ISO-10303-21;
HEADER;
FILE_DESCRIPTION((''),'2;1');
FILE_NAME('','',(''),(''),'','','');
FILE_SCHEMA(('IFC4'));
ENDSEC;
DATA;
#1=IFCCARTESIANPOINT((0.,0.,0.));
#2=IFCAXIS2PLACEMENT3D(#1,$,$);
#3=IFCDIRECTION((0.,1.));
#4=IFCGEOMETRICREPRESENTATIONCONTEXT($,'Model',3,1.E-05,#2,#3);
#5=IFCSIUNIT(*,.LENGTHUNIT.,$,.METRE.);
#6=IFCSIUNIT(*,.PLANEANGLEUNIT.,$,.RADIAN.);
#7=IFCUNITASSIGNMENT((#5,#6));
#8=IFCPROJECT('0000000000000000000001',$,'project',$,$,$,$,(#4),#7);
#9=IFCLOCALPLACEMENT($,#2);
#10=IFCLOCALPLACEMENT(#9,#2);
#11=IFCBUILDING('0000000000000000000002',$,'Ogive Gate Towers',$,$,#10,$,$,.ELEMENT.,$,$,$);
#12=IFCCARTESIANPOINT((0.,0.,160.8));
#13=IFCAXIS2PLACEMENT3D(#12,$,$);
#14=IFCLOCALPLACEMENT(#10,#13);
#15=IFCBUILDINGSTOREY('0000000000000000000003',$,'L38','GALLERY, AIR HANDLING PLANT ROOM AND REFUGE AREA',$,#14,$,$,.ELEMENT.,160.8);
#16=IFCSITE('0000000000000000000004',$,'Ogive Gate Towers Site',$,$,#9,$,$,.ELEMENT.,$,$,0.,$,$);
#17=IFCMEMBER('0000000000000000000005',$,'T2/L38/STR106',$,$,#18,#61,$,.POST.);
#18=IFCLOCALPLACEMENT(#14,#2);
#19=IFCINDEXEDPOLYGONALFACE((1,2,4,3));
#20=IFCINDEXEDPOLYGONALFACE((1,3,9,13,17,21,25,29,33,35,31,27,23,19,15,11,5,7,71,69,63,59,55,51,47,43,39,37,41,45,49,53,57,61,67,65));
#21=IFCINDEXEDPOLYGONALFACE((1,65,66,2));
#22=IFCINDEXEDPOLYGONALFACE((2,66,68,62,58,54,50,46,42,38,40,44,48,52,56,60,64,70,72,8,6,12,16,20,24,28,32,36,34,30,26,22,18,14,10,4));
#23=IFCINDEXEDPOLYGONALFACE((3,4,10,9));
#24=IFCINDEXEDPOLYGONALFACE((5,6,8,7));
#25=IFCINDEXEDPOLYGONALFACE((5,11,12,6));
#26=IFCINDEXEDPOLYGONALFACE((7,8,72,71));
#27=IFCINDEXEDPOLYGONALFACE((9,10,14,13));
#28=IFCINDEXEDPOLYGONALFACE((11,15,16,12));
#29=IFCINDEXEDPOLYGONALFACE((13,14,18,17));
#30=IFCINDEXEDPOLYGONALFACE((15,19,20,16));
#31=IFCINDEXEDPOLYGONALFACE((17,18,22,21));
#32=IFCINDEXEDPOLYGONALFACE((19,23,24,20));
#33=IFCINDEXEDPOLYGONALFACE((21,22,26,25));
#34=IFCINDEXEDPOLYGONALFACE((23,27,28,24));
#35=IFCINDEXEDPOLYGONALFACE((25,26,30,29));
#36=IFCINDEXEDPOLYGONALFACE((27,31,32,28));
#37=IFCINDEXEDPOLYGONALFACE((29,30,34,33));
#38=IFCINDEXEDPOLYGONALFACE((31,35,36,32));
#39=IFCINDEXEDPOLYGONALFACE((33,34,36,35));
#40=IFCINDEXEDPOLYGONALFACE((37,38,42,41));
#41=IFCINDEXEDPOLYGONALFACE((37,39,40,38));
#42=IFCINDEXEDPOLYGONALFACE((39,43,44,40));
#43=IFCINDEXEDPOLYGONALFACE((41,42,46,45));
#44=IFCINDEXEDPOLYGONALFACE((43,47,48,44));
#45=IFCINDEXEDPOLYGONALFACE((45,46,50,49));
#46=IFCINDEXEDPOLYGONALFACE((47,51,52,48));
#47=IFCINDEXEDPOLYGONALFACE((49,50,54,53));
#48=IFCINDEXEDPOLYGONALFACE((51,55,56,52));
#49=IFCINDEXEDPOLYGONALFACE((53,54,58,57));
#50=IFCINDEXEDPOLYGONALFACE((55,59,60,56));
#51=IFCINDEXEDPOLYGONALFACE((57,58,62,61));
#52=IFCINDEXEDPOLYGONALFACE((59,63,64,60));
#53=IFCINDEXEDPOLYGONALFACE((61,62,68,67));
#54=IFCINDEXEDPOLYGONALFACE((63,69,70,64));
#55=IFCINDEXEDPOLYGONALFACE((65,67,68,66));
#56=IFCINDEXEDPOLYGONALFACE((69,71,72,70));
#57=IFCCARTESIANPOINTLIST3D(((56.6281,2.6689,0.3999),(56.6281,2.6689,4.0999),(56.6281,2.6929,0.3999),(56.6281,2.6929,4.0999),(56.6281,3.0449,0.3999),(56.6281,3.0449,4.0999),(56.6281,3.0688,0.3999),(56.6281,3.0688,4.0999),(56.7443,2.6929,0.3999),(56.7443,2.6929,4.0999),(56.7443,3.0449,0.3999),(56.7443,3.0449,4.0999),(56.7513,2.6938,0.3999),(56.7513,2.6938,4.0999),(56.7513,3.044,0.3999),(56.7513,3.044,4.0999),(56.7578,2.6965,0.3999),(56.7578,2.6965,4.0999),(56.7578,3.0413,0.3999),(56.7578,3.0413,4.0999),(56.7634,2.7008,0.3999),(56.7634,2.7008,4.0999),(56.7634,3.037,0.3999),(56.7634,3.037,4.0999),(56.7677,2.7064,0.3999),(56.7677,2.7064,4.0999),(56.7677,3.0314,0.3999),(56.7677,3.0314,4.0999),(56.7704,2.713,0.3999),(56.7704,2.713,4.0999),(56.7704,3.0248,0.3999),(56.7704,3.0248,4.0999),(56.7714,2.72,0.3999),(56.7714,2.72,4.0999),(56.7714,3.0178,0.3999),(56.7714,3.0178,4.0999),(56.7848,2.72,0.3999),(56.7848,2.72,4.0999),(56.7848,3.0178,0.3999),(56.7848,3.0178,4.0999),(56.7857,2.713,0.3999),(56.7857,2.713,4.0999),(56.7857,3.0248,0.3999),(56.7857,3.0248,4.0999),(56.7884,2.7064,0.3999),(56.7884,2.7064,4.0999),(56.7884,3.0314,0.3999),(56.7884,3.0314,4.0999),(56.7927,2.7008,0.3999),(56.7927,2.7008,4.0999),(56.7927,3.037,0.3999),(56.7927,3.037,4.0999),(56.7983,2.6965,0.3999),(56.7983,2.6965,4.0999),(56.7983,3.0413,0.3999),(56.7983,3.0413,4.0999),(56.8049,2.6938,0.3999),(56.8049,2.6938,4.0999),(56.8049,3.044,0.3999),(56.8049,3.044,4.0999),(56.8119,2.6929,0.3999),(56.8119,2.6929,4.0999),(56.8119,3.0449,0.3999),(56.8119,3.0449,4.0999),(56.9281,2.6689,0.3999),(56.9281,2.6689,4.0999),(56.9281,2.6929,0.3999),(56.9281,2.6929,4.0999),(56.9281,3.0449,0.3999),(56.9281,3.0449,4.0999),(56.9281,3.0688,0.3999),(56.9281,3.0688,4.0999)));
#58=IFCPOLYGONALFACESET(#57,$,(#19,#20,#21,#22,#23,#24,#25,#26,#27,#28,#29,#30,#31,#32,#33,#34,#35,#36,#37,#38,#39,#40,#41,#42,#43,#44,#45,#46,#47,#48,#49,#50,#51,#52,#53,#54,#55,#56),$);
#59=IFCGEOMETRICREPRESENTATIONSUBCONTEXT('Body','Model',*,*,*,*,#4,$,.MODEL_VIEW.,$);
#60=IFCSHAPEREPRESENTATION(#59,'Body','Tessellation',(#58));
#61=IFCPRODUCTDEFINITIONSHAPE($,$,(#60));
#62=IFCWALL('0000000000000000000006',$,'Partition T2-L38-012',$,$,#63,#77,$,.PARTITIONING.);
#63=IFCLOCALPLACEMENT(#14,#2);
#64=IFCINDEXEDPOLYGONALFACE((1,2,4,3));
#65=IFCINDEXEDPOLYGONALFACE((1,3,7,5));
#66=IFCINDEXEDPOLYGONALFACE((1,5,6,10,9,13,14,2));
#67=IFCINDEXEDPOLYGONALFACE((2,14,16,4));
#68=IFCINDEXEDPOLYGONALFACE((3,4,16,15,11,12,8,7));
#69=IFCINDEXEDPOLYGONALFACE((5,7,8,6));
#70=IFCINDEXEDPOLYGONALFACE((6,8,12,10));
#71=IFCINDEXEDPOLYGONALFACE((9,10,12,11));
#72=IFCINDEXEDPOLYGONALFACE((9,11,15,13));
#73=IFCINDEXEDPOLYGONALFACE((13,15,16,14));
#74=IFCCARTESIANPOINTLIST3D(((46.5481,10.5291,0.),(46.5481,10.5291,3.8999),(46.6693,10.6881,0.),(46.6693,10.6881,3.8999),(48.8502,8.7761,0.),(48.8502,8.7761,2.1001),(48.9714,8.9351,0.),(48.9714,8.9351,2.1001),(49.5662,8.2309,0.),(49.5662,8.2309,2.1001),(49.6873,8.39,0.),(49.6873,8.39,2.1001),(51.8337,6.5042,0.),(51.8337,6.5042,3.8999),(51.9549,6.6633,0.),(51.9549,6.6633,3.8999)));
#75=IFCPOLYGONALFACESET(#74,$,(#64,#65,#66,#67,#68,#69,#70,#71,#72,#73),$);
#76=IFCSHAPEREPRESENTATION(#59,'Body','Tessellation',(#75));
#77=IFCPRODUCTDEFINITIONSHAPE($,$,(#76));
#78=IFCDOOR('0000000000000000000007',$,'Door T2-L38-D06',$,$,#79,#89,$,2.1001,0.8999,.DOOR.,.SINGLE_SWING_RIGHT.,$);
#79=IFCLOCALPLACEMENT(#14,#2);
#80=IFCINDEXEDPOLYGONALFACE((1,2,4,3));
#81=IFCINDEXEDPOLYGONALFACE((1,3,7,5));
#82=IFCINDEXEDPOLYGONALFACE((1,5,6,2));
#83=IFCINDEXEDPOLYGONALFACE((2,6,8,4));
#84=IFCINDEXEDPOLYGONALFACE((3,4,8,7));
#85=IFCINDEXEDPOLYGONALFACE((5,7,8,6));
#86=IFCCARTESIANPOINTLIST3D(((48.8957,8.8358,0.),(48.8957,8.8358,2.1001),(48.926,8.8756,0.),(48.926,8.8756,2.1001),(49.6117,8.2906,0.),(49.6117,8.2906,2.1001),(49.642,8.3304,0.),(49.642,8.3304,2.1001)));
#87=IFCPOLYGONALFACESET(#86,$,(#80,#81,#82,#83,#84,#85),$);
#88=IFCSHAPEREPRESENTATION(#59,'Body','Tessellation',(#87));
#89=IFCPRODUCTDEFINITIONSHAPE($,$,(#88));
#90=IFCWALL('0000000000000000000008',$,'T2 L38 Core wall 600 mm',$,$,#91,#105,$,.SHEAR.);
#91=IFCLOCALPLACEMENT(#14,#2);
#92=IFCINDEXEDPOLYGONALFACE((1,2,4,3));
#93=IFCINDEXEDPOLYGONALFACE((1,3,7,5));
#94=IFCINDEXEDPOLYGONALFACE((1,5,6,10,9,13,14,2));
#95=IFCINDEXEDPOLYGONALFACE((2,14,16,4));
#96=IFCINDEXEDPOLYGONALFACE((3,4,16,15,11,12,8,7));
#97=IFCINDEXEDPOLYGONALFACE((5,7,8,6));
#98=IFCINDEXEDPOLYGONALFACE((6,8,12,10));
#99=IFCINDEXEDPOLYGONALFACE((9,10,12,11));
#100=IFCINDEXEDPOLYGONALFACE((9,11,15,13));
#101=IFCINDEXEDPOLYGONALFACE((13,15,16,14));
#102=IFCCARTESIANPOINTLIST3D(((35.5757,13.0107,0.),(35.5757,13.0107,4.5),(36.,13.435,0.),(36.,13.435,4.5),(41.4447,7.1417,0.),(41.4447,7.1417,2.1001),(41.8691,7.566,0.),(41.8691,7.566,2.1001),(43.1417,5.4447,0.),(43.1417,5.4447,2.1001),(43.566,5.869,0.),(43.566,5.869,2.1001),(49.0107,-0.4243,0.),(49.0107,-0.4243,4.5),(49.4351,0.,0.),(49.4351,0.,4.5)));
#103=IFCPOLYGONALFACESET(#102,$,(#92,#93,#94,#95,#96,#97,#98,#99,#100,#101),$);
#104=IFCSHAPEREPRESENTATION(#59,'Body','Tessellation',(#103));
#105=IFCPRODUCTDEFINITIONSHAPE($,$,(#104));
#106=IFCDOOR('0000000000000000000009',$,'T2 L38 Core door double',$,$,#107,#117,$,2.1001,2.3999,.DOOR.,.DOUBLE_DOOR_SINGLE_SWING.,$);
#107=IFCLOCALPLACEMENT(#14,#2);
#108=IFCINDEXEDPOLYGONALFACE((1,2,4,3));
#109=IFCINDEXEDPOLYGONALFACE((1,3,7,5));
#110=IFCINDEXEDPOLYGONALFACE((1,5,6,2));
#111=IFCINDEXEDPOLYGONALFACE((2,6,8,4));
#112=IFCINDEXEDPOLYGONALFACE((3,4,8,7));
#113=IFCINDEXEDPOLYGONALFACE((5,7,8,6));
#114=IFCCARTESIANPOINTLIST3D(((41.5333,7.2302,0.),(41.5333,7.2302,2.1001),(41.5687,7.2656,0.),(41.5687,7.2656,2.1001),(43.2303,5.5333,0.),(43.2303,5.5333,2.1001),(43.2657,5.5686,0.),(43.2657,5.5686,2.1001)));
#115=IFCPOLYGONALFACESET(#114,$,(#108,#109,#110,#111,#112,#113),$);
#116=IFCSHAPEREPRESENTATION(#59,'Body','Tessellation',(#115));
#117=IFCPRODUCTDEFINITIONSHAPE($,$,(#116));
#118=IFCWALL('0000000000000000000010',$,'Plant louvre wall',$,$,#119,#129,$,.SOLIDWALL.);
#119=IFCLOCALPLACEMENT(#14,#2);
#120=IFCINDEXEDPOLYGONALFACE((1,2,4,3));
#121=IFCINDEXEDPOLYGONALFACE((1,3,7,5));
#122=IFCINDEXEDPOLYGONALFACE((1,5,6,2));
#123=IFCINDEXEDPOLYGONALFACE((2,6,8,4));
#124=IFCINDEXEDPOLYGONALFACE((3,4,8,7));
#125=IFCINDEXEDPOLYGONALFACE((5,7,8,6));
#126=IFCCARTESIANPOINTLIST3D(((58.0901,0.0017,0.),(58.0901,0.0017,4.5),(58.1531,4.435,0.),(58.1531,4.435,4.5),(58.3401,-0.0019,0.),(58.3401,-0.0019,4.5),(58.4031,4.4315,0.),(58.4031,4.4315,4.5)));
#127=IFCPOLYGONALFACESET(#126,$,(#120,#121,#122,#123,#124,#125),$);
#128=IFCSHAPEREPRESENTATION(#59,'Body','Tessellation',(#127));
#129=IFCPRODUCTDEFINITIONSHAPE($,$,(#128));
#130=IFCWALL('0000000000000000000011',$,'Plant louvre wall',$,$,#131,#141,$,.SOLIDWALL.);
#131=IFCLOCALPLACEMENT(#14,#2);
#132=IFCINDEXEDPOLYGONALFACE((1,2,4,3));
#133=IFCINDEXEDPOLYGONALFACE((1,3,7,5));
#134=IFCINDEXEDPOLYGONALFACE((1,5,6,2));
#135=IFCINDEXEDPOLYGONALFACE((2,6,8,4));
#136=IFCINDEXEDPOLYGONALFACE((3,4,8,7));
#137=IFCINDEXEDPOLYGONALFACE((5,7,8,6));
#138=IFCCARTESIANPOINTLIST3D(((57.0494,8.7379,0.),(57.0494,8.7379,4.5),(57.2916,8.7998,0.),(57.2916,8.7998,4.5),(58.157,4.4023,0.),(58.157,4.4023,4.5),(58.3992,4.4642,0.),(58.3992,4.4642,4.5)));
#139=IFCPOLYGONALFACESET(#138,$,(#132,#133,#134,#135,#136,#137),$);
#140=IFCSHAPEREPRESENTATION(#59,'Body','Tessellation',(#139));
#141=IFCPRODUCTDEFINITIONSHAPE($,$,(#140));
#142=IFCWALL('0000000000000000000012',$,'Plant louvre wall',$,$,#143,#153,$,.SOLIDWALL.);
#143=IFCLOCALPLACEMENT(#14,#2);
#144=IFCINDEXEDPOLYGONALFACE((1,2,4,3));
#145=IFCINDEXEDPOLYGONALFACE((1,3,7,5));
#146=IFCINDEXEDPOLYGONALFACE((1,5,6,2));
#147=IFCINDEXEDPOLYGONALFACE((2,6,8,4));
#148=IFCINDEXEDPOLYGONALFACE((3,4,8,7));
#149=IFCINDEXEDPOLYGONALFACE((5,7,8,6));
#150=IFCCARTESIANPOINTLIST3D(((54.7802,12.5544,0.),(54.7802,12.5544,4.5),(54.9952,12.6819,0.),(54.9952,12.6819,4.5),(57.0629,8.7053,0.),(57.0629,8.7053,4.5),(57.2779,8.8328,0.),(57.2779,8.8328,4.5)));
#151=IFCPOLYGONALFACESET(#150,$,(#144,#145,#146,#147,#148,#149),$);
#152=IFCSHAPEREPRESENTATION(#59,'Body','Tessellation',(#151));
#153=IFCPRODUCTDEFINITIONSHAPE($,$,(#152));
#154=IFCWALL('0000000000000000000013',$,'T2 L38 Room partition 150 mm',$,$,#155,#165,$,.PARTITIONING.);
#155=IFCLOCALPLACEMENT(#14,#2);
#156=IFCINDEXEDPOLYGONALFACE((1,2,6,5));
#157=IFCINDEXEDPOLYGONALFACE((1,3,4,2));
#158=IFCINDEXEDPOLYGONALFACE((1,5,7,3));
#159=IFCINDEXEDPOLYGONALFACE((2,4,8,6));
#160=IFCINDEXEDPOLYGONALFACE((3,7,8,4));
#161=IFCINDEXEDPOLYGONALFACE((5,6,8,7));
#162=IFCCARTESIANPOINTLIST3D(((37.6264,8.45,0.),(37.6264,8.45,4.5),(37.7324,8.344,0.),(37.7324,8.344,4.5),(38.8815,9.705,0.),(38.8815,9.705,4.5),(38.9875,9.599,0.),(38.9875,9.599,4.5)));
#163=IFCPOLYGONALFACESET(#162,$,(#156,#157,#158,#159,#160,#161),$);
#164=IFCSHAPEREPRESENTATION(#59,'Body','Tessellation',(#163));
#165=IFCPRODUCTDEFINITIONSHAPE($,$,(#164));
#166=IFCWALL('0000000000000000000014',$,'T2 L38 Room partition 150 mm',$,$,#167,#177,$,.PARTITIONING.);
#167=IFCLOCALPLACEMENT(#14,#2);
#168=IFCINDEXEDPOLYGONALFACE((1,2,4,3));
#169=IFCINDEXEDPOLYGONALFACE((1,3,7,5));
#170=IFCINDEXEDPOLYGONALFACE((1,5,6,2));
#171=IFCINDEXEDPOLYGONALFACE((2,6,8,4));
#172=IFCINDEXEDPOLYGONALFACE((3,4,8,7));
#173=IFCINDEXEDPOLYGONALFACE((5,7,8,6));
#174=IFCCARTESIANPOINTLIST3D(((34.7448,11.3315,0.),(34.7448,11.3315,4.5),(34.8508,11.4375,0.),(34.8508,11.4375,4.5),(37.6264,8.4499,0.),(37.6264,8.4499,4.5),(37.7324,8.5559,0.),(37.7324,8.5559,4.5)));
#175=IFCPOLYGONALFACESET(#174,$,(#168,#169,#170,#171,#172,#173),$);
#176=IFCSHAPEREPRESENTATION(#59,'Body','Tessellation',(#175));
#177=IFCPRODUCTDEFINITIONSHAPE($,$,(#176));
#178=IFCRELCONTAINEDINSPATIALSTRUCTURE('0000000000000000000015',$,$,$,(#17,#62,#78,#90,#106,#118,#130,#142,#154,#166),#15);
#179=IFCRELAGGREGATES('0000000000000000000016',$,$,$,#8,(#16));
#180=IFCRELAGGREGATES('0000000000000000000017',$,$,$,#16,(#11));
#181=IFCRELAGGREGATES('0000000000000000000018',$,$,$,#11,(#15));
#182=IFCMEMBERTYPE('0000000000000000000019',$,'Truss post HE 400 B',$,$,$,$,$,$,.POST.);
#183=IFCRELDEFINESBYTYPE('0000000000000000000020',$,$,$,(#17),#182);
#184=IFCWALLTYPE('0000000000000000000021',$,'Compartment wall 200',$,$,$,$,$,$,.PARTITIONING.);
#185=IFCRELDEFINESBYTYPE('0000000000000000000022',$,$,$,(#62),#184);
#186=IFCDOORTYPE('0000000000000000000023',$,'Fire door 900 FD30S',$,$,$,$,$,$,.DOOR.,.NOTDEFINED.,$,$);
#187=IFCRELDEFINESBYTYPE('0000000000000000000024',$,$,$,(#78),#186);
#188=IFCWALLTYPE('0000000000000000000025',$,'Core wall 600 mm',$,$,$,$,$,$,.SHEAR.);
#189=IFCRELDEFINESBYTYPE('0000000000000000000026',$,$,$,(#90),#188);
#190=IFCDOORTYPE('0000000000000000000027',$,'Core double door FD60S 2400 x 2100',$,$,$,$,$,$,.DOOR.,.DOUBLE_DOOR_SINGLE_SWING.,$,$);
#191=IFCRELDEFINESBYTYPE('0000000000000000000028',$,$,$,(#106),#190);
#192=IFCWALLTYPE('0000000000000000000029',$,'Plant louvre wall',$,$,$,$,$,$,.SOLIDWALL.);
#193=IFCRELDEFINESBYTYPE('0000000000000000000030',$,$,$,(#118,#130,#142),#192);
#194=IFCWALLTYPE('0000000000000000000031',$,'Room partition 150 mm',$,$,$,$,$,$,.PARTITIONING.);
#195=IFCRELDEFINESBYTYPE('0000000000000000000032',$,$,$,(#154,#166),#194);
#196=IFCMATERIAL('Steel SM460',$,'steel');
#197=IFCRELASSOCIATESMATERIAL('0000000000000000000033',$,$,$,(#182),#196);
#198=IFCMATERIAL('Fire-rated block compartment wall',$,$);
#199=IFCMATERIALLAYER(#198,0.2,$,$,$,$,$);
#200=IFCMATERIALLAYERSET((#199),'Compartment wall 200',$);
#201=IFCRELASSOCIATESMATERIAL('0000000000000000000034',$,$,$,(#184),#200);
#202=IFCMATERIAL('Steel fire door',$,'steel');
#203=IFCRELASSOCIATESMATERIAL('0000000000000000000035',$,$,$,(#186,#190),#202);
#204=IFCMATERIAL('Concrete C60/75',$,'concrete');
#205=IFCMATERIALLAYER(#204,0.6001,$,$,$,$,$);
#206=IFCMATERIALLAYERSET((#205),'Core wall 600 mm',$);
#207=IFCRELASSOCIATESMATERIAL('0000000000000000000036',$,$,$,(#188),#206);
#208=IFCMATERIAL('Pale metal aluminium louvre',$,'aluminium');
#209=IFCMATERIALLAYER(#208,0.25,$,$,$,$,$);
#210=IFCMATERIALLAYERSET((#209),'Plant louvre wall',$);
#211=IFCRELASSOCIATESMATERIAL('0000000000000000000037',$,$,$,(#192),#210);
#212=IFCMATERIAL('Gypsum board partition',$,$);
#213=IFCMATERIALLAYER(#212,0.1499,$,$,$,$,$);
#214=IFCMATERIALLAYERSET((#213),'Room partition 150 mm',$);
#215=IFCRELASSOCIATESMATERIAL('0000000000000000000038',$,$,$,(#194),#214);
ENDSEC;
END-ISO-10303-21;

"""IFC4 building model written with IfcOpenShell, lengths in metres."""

from ifc_helpers import new_model, si_unit, direction, frame, frame_2d, origin, origin_2d, place, context, subcontext, project, spatial, rectangle, i_section, extrude, material, layer, layer_set, material_profile, profile_set, type_object, element, fill, save


model = new_model("IFC4")

# Units and contexts
model_context = context("Model", 3, precision=1e-05, world=origin(), true_north=direction((0.0, 1.0)))
body_context = subcontext(model_context, "Body", "Model", "MODEL_VIEW")
ifc_project = project(units=[si_unit("LENGTHUNIT", "METRE"), si_unit("PLANEANGLEUNIT", "RADIAN")], contexts=[model_context])

# Site, building, storey
site_placement = place(None, origin())
site = spatial("IfcSite", under=ifc_project, at=site_placement, Name="Ogive Gate Towers Site", CompositionType="ELEMENT", RefElevation=0.0)
building_placement = place(site_placement, origin())
building = spatial("IfcBuilding", under=site, at=building_placement, Name="Ogive Gate Towers", CompositionType="ELEMENT")
storey_placement = place(building_placement, frame((0.0, 0.0, 160.8)))
storey = spatial("IfcBuildingStorey", under=building, at=storey_placement, Name="L38", Description="GALLERY, AIR HANDLING PLANT ROOM AND REFUGE AREA", CompositionType="ELEMENT", Elevation=160.8)

# Shared definitions
ifc_material_1 = material(Name="Steel SM460", Category="steel")

# Member
ifc_material_profile_1 = material_profile(ifc_material_1, i_section(OverallWidth=0.3, OverallDepth=0.3999, WebThickness=0.0134, FlangeThickness=0.0239, FilletRadius=0.0271, at=origin_2d()), Name="HE 400 B")
ifc_profile_set_1 = profile_set([ifc_material_profile_1], Name="Steel SM460")
member_type_1 = type_object("IfcMemberType", Name="Truss post HE 400 B", PredefinedType="POST", material=ifc_profile_set_1)
for number, where, z_axis, x_axis, name in (
    (1, (56.7781, 2.8689, 0.3999), (0.0, 0.0, 1.0), (1.0, 0.0, 0.0), "T2/L38/STR106"),
):
    element("IfcMember", number, at=place(storey_placement, frame(where, z_axis=z_axis, x_axis=x_axis)), inside=storey, type_object=member_type_1, Name=name, PredefinedType="POST", context=body_context, shape_type="SweptSolid", body=[
        extrude(i_section(OverallWidth=0.3, OverallDepth=0.3999, WebThickness=0.0134, FlangeThickness=0.0239, FilletRadius=0.0271, at=origin_2d()), origin(), (0.0, 0.0, 1.0), 3.7),
    ])

# Walls, openings, doors
ifc_material_2 = material(Name="Fire-rated block compartment wall")
ifc_layer_1 = layer(ifc_material_2, 0.2)
ifc_layer_set_1 = layer_set([ifc_layer_1], Name="Compartment wall 200")
wall_type_1 = type_object("IfcWallType", Name="Compartment wall 200", PredefinedType="PARTITIONING", material=ifc_layer_set_1)
wall_1_placement = place(storey_placement, frame((51.8943, 6.5837, 0.0), z_axis=(0.0, 0.0, 1.0), x_axis=(-0.795595, 0.605828, 0.0)))
wall_1 = element("IfcWall", 2, at=wall_1_placement, inside=storey, type_object=wall_type_1, Name="Partition T2-L38-012", PredefinedType="PARTITIONING", context=body_context, shape_type="SweptSolid", body=[
    extrude(rectangle(XDim=6.6436, YDim=0.2, at=frame_2d((3.3218, 0.0))), origin(), (0.0, 0.0, 1.0), 3.8999),
])
opening_1_placement = place(wall_1_placement, frame((2.8501, 0.0, 0.0)))
opening_1 = element("IfcOpeningElement", 3, at=opening_1_placement, cuts=wall_1, PredefinedType="OPENING", context=body_context, shape_type="SweptSolid", body=[
    extrude(rectangle(XDim=0.8999, YDim=2.1001, at=frame_2d((0.45, 1.05))), frame((0.0, 0.1099, 0.0), z_axis=(0.0, -1.0, 0.0), x_axis=(1.0, 0.0, 0.0)), (0.0, 0.0, 1.0), 0.22),
])
ifc_material_3 = material(Name="Steel fire door", Category="steel")
door_type_1 = type_object("IfcDoorType", Name="Fire door 900 FD30S", OperationType="NOTDEFINED", PredefinedType="DOOR", material=ifc_material_3)
door_1_placement = place(opening_1_placement, origin())
door_1 = element("IfcDoor", 4, at=door_1_placement, inside=storey, type_object=door_type_1, Name="Door T2-L38-D06", OperationType="SINGLE_SWING_RIGHT", OverallHeight=2.1001, OverallWidth=0.8999, PredefinedType="DOOR", context=body_context, shape_type="SweptSolid", body=[
    extrude(rectangle(XDim=0.8999, YDim=2.1001, at=frame_2d((0.45, 1.05))), frame((0.0, 0.0249, 0.0), z_axis=(0.0, -1.0, 0.0), x_axis=(1.0, 0.0, 0.0)), (0.0, 0.0, 1.0), 0.05),
])
fill(opening_1, door_1)
ifc_material_4 = material(Name="Concrete C60/75", Category="concrete")
ifc_layer_2 = layer(ifc_material_4, 0.6001)
ifc_layer_set_2 = layer_set([ifc_layer_2], Name="Core wall 600 mm")
wall_type_2 = type_object("IfcWallType", Name="Core wall 600 mm", PredefinedType="SHEAR", material=ifc_layer_set_2)
wall_2_placement = place(storey_placement, frame((49.2229, -0.2122, 0.0), z_axis=(0.0, 0.0, 1.0), x_axis=(-0.707107, 0.707107, 0.0)))
wall_2 = element("IfcWall", 5, at=wall_2_placement, inside=storey, type_object=wall_type_2, Name="T2 L38 Core wall 600 mm", PredefinedType="SHEAR", context=body_context, shape_type="SweptSolid", body=[
    extrude(rectangle(XDim=19.0, YDim=0.6001, at=frame_2d((9.5, 0.0))), origin(), (0.0, 0.0, 1.0), 4.5),
])
opening_2_placement = place(wall_2_placement, frame((8.3, 0.0, 0.0)))
opening_2 = element("IfcOpeningElement", 6, at=opening_2_placement, cuts=wall_2, PredefinedType="OPENING", context=body_context, shape_type="SweptSolid", body=[
    extrude(rectangle(XDim=2.3999, YDim=2.1001, at=frame_2d((1.2, 1.05))), frame((0.0, 0.3101, 0.0), z_axis=(0.0, -1.0, 0.0), x_axis=(1.0, 0.0, 0.0)), (0.0, 0.0, 1.0), 0.6201),
])
door_type_2 = type_object("IfcDoorType", Name="Core double door FD60S 2400 x 2100", OperationType="DOUBLE_DOOR_SINGLE_SWING", PredefinedType="DOOR", material=ifc_material_3)
door_2_placement = place(opening_2_placement, origin())
door_2 = element("IfcDoor", 7, at=door_2_placement, inside=storey, type_object=door_type_2, Name="T2 L38 Core door double", OperationType="DOUBLE_DOOR_SINGLE_SWING", OverallHeight=2.1001, OverallWidth=2.3999, PredefinedType="DOOR", context=body_context, shape_type="SweptSolid", body=[
    extrude(rectangle(XDim=2.3999, YDim=2.1001, at=frame_2d((1.2, 1.05))), frame((0.0, 0.1748, 0.0), z_axis=(0.0, -1.0, 0.0), x_axis=(1.0, 0.0, 0.0)), (0.0, 0.0, 1.0), 0.05),
])
fill(opening_2, door_2)

# Walls
ifc_material_5 = material(Name="Pale metal aluminium louvre", Category="aluminium")
ifc_layer_3 = layer(ifc_material_5, 0.25)
ifc_layer_set_3 = layer_set([ifc_layer_3], Name="Plant louvre wall")
wall_type_3 = type_object("IfcWallType", Name="Plant louvre wall", PredefinedType="SOLIDWALL", material=ifc_layer_set_3)
wall_3_placement = place(storey_placement, frame((58.2151, 0.0, 0.0), z_axis=(0.0, 0.0, 1.0), x_axis=(0.014206, 0.999899, 0.0)))
element("IfcWall", 8, at=wall_3_placement, inside=storey, type_object=wall_type_3, Name="Plant louvre wall", PredefinedType="SOLIDWALL", context=body_context, shape_type="SweptSolid", body=[
    extrude(rectangle(XDim=4.4338, YDim=0.25, at=frame_2d((2.2168, 0.0))), origin(), (0.0, 0.0, 1.0), 4.5),
])
wall_4_placement = place(storey_placement, frame((58.2781, 4.4333, 0.0), z_axis=(0.0, 0.0, 1.0), x_axis=(-0.247526, 0.968881, 0.0)))
element("IfcWall", 9, at=wall_4_placement, inside=storey, type_object=wall_type_3, Name="Plant louvre wall", PredefinedType="SOLIDWALL", context=body_context, shape_type="SweptSolid", body=[
    extrude(rectangle(XDim=4.4749, YDim=0.25, at=frame_2d((2.2373, 0.0))), origin(), (0.0, 0.0, 1.0), 4.5),
])
wall_5_placement = place(storey_placement, frame((57.1704, 8.769, 0.0), z_axis=(0.0, 0.0, 1.0), x_axis=(-0.510092, 0.86012, 0.0)))
element("IfcWall", 10, at=wall_5_placement, inside=storey, type_object=wall_type_3, Name="Plant louvre wall", PredefinedType="SOLIDWALL", context=body_context, shape_type="SweptSolid", body=[
    extrude(rectangle(XDim=4.4751, YDim=0.25, at=frame_2d((2.2375, 0.0))), origin(), (0.0, 0.0, 1.0), 4.5),
])
ifc_material_6 = material(Name="Gypsum board partition")
ifc_layer_4 = layer(ifc_material_6, 0.1499)
ifc_layer_set_4 = layer_set([ifc_layer_4], Name="Room partition 150 mm")
wall_type_4 = type_object("IfcWallType", Name="Room partition 150 mm", PredefinedType="PARTITIONING", material=ifc_layer_set_4)
wall_6_placement = place(storey_placement, frame((37.6794, 8.397, 0.0), z_axis=(0.0, 0.0, 1.0), x_axis=(0.707107, 0.707107, 0.0)))
element("IfcWall", 11, at=wall_6_placement, inside=storey, type_object=wall_type_4, Name="T2 L38 Room partition 150 mm", PredefinedType="PARTITIONING", context=body_context, shape_type="SweptSolid", body=[
    extrude(rectangle(XDim=1.7749, YDim=0.1499, at=frame_2d((0.8875, 0.0))), origin(), (0.0, 0.0, 1.0), 4.5),
])
wall_7_placement = place(storey_placement, frame((37.6794, 8.5029, 0.0), z_axis=(0.0, 0.0, 1.0), x_axis=(-0.707107, 0.707107, 0.0)))
element("IfcWall", 12, at=wall_7_placement, inside=storey, type_object=wall_type_4, Name="T2 L38 Room partition 150 mm", PredefinedType="PARTITIONING", context=body_context, shape_type="SweptSolid", body=[
    extrude(rectangle(XDim=4.0752, YDim=0.1499, at=frame_2d((2.0376, 0.0))), origin(), (0.0, 0.0, 1.0), 4.5),
])

save(model, "model.ifc")
